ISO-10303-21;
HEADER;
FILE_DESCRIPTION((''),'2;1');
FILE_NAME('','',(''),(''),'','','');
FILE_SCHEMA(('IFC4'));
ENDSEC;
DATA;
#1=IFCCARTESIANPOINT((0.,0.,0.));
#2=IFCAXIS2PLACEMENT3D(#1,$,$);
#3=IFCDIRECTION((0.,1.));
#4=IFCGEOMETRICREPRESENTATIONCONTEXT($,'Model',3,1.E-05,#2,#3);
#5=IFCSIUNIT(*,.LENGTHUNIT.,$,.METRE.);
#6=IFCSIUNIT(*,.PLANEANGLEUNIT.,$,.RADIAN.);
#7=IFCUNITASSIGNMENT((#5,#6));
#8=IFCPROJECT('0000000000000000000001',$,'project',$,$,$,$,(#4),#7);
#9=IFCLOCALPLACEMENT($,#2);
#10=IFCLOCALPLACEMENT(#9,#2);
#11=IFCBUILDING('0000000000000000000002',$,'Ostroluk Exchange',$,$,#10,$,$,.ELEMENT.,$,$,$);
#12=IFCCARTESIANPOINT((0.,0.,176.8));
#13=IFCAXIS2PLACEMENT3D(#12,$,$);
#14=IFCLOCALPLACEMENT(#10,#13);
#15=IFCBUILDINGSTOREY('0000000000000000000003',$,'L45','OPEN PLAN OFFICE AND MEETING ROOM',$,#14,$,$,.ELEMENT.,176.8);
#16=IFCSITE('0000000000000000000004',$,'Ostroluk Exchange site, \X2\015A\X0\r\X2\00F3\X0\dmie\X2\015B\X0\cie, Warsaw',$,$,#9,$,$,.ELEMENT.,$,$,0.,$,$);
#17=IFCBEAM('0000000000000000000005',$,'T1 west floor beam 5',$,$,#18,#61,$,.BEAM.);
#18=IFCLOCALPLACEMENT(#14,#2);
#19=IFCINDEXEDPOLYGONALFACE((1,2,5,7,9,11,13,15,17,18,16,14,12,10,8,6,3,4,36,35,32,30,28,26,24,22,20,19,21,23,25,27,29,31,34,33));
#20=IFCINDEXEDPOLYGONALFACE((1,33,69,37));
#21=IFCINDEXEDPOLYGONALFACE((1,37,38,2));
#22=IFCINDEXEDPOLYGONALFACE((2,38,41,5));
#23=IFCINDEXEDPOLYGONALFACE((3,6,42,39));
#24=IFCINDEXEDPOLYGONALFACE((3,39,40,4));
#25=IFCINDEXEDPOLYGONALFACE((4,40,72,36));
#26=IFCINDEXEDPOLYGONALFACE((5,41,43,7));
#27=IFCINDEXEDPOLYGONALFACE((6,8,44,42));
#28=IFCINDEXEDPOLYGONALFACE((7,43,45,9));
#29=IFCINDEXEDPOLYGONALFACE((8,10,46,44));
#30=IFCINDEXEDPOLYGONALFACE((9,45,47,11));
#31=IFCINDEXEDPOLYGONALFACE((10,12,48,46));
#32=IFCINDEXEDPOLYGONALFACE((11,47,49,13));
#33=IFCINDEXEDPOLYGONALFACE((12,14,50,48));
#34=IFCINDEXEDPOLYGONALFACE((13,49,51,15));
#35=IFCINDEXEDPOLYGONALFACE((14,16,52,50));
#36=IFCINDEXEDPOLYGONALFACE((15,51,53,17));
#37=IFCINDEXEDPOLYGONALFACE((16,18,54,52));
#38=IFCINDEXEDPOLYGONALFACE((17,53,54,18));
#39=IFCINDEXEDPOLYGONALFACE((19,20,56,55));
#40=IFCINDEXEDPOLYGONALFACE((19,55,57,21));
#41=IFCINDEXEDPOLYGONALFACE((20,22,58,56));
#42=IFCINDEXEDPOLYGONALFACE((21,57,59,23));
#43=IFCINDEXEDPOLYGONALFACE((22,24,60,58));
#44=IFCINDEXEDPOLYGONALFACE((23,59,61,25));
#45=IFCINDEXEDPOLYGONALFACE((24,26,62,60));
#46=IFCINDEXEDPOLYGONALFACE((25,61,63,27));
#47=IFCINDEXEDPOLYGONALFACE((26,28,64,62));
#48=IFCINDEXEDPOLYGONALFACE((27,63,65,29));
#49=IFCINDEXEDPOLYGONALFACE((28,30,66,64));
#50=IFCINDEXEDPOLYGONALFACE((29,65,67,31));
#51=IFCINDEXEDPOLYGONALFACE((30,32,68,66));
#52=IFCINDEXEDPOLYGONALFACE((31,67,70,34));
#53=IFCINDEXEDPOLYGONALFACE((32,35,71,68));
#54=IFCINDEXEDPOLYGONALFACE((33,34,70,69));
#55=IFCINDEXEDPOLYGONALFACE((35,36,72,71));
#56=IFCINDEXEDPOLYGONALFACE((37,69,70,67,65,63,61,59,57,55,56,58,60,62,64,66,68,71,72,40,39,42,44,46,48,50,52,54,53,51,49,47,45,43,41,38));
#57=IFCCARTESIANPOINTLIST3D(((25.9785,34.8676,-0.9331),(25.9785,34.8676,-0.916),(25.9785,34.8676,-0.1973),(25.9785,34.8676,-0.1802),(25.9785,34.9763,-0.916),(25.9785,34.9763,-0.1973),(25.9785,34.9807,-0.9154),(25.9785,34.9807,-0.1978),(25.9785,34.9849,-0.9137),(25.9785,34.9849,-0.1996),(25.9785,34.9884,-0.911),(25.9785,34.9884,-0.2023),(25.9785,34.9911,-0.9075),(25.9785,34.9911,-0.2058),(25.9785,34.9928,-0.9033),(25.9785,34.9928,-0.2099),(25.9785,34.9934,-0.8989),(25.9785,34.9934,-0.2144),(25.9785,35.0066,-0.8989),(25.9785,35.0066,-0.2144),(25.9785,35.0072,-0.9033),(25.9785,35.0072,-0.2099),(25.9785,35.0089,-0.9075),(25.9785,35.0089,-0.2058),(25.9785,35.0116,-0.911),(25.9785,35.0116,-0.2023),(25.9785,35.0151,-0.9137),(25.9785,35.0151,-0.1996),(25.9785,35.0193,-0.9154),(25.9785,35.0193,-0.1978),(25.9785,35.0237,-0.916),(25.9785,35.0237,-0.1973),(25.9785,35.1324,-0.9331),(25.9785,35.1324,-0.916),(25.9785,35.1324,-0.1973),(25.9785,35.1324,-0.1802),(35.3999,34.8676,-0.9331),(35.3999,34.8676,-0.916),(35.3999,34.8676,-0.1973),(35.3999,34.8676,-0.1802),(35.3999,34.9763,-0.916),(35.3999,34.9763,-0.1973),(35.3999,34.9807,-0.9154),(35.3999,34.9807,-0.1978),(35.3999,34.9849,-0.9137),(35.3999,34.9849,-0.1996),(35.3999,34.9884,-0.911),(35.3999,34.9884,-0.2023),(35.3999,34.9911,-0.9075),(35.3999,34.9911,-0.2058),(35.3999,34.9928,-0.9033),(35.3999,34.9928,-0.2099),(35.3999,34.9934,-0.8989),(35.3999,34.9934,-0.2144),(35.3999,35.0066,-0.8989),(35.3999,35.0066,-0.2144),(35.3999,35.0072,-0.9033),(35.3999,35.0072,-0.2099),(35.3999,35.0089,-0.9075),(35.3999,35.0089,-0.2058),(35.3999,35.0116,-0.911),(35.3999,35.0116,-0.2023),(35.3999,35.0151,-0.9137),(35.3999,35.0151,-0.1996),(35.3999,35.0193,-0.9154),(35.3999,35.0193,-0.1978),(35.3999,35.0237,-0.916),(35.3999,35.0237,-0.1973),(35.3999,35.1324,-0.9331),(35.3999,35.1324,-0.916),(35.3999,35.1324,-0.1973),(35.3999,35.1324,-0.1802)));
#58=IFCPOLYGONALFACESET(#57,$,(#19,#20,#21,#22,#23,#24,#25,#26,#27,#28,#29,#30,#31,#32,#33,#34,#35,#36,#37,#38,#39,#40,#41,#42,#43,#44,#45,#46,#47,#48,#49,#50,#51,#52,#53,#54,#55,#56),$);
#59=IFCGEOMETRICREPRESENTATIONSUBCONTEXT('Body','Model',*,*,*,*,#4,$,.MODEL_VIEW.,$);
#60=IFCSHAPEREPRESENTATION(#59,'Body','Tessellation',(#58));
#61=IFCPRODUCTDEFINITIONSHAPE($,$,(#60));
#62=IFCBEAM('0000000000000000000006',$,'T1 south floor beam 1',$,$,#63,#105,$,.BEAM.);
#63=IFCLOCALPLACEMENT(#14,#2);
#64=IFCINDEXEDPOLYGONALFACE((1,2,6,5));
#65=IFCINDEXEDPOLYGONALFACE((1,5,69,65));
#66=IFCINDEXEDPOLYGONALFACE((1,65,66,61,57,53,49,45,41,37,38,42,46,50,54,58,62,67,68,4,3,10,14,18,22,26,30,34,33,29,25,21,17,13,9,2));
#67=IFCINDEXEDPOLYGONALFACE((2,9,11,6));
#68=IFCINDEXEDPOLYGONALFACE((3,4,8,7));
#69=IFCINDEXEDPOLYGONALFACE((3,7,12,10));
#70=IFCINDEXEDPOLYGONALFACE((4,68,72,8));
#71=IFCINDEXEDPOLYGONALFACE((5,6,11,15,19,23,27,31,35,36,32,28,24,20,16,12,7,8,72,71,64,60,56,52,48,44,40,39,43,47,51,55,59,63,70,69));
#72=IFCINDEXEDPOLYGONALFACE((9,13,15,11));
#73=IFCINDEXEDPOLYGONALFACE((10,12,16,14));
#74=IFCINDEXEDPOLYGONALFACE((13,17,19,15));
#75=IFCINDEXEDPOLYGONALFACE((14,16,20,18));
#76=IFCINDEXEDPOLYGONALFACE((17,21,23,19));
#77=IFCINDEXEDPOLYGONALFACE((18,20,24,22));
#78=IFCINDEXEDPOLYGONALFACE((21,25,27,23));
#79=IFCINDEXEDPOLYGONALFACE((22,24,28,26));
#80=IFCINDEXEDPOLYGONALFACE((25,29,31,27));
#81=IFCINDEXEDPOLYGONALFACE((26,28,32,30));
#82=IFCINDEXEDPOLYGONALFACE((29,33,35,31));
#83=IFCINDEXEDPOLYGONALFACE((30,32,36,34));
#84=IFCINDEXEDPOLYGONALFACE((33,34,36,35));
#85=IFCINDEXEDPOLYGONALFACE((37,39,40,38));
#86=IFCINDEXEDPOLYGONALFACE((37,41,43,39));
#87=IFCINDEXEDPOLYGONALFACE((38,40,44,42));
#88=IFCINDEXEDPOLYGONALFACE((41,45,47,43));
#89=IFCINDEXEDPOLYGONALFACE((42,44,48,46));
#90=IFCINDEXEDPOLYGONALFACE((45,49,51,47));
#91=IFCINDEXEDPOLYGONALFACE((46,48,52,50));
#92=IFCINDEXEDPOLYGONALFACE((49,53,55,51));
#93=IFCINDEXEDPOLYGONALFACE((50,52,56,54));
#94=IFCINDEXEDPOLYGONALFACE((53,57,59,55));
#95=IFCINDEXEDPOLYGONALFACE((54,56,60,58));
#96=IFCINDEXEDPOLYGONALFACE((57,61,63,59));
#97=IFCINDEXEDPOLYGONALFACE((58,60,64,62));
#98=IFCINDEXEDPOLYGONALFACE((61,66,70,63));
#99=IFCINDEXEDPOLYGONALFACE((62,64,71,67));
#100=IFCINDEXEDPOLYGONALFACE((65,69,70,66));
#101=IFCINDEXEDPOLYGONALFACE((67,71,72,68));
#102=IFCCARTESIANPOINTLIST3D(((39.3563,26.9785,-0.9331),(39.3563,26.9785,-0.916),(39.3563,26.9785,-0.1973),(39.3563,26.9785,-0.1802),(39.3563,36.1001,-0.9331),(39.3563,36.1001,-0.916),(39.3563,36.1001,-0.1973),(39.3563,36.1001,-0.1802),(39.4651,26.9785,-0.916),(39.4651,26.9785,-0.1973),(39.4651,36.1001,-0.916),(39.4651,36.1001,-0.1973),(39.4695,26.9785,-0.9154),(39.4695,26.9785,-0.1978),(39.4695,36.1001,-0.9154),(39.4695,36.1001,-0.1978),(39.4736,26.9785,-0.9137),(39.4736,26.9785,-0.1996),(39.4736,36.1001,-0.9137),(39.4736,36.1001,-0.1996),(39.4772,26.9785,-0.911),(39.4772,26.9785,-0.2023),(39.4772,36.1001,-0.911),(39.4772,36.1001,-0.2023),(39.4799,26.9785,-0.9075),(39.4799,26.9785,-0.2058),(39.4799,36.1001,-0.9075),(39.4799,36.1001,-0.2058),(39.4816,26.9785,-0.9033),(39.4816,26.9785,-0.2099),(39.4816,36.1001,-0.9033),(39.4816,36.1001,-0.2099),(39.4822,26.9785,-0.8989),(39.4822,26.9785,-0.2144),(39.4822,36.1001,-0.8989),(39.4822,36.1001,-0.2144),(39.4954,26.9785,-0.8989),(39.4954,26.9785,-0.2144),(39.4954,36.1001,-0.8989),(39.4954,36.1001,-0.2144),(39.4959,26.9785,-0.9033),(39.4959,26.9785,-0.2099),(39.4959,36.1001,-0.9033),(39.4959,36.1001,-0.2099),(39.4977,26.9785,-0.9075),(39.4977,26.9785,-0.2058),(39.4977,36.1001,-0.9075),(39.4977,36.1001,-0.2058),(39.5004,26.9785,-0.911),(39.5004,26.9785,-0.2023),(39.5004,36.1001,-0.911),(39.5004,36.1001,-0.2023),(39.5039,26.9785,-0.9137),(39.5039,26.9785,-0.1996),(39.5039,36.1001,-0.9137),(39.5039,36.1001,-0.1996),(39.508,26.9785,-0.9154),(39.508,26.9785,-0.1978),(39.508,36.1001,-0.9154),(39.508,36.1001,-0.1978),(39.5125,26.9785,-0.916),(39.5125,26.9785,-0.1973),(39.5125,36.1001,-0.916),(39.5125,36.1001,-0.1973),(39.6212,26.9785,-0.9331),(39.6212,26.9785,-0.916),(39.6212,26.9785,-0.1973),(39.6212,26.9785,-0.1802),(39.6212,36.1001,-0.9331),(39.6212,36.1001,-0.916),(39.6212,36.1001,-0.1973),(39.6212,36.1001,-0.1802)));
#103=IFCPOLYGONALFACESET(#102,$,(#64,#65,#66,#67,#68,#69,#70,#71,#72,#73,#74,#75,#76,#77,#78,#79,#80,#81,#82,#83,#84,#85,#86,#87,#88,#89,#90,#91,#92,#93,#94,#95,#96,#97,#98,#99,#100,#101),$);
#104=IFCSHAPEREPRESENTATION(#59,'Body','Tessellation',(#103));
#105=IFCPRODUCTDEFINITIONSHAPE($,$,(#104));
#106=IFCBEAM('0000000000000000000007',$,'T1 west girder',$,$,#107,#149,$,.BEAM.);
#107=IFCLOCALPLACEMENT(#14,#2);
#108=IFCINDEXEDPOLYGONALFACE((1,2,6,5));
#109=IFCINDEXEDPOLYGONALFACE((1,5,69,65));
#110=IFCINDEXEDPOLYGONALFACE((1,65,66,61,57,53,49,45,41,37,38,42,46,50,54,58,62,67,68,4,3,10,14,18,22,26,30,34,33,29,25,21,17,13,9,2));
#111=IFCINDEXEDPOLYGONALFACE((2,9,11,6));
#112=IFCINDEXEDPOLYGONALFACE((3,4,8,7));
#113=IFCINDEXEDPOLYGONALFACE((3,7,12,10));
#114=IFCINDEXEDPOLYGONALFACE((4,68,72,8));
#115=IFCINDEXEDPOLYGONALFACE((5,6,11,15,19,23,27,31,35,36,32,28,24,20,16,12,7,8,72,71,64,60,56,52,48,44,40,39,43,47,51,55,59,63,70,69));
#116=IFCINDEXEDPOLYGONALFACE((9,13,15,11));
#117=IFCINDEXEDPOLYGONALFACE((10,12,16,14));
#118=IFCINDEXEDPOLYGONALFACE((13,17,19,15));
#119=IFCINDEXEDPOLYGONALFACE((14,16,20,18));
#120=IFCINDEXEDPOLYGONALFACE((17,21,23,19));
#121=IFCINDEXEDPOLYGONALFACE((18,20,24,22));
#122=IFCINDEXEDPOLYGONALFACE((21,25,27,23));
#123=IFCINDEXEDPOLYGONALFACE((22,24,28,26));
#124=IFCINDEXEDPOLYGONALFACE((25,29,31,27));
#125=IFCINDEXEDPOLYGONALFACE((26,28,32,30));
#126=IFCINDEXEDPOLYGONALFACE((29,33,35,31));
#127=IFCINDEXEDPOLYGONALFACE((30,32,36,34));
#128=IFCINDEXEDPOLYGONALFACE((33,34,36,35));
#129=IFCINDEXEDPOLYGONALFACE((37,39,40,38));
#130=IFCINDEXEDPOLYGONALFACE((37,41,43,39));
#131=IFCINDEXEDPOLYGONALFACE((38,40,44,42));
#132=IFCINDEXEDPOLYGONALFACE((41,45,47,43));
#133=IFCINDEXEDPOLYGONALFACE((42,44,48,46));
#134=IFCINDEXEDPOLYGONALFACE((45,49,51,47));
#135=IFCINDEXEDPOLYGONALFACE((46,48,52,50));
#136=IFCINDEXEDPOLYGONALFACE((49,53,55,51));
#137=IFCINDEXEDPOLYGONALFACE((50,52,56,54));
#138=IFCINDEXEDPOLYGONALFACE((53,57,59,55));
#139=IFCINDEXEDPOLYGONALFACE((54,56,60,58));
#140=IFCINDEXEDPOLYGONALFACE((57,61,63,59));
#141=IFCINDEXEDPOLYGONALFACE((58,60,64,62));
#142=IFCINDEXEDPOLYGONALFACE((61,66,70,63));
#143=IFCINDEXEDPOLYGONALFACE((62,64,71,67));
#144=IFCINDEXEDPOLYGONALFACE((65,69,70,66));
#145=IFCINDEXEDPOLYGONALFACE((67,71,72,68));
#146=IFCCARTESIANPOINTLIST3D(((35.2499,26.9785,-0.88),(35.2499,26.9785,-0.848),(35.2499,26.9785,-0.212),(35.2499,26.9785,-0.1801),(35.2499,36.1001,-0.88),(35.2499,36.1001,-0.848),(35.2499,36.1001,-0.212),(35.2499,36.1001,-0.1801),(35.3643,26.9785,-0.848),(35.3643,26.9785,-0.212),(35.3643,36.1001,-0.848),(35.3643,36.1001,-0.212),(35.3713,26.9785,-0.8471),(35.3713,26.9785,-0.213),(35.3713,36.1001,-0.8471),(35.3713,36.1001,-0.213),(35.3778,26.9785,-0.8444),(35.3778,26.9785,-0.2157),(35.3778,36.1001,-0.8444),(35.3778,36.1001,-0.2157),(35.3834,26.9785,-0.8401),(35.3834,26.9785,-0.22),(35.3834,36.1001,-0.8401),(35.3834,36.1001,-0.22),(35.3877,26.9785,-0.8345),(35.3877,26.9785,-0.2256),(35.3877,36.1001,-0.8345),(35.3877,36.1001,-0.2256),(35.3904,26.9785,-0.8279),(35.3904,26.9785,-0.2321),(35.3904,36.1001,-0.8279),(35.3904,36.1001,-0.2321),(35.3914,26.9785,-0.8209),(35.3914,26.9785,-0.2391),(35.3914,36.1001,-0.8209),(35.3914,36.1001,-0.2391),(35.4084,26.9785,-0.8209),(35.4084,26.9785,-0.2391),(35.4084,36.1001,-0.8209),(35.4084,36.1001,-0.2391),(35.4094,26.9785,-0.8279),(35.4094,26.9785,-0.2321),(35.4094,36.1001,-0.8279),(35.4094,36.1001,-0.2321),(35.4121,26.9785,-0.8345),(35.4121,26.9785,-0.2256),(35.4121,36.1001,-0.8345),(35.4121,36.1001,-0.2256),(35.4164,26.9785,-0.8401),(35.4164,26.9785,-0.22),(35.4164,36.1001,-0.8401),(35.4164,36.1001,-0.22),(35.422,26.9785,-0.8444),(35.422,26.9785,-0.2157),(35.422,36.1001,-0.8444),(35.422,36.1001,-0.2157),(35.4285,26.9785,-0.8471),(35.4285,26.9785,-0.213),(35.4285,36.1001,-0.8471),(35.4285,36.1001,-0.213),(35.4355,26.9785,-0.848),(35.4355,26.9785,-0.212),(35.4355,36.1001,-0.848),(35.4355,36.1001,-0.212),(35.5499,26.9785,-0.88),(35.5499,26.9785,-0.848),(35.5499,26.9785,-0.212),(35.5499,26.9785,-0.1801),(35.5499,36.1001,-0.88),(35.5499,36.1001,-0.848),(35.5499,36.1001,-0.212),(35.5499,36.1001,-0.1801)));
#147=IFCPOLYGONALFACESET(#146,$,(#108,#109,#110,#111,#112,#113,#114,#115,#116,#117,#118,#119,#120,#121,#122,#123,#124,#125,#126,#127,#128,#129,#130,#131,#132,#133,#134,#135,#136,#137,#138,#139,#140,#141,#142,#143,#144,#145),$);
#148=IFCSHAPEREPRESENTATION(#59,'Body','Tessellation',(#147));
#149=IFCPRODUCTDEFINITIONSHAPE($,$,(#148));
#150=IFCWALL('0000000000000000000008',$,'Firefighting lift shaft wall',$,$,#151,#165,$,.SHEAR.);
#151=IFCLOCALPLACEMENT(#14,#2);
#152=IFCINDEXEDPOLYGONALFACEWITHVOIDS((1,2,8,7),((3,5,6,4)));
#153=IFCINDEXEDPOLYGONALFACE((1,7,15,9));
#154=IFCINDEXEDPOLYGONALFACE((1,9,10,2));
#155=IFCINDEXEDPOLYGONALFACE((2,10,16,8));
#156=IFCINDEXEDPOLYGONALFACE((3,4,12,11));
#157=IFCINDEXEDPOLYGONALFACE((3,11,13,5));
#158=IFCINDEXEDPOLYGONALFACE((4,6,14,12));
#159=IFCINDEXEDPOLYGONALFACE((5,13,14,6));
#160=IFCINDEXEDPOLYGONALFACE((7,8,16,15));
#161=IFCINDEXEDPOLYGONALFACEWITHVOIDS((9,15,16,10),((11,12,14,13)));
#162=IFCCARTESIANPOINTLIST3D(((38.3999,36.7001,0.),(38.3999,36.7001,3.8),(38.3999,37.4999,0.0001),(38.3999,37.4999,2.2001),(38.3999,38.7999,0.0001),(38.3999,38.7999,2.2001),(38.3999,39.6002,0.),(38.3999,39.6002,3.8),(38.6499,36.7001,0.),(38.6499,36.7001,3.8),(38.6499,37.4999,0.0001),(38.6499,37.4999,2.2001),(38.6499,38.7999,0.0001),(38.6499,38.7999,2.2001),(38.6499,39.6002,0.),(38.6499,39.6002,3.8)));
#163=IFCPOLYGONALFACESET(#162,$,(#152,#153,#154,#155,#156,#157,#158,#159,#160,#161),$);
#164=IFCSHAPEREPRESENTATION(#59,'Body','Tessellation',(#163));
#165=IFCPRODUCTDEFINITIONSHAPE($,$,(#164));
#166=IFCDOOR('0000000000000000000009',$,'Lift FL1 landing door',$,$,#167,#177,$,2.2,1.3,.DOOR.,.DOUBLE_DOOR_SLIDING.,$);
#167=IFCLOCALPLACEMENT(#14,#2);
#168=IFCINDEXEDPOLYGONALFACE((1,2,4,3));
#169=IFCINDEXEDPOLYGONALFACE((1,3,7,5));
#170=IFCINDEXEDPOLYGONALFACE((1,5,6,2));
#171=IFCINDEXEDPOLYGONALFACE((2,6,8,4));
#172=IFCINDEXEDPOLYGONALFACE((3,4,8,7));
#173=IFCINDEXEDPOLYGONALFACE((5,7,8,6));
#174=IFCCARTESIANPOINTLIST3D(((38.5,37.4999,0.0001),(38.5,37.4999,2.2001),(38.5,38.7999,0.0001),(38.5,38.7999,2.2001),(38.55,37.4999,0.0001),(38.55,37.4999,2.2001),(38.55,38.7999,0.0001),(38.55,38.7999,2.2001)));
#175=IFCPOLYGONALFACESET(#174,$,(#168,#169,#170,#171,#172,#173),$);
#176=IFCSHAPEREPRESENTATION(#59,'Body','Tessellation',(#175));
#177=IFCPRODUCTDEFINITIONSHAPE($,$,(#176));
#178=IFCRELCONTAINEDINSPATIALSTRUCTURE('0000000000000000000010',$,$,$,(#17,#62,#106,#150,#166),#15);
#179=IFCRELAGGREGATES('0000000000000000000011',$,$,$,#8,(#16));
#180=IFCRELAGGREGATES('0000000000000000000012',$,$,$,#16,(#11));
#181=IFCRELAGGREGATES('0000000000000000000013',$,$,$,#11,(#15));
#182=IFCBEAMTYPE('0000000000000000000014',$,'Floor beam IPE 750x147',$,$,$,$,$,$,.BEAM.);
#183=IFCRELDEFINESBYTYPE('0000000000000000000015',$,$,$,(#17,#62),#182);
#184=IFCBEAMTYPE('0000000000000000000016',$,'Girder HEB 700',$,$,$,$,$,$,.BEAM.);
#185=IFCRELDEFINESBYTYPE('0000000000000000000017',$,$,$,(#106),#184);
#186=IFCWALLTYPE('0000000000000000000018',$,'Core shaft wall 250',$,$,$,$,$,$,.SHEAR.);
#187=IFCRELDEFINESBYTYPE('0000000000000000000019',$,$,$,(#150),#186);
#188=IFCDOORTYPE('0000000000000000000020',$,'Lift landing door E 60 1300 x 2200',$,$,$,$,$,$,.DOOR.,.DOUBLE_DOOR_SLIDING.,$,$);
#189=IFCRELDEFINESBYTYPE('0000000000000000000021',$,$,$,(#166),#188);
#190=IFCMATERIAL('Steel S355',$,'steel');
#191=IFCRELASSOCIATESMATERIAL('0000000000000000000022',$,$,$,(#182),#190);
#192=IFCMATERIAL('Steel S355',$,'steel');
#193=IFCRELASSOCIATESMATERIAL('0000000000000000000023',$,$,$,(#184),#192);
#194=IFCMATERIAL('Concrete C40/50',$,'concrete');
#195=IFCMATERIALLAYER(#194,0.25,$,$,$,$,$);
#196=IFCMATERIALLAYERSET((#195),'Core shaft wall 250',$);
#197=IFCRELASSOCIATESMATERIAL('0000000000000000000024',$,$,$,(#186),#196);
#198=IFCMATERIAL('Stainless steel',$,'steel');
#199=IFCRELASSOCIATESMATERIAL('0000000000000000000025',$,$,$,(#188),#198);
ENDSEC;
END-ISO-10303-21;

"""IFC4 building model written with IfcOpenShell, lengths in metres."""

from ifc_helpers import new_model, si_unit, direction, frame, frame_2d, origin, origin_2d, place, context, subcontext, project, spatial, rectangle, i_section, extrude, material, layer, layer_set, material_profile, profile_set, type_object, element, fill, save


model = new_model("IFC4")

# Units and contexts
model_context = context("Model", 3, precision=1e-05, world=origin(), true_north=direction((0.0, 1.0)))
body_context = subcontext(model_context, "Body", "Model", "MODEL_VIEW")
ifc_project = project(units=[si_unit("LENGTHUNIT", "METRE"), si_unit("PLANEANGLEUNIT", "RADIAN")], contexts=[model_context])

# Site, building, storey
site_placement = place(None, origin())
site = spatial("IfcSite", under=ifc_project, at=site_placement, Name="Ostroluk Exchange site, Śródmieście, Warsaw", CompositionType="ELEMENT", RefElevation=0.0)
building_placement = place(site_placement, origin())
building = spatial("IfcBuilding", under=site, at=building_placement, Name="Ostroluk Exchange", CompositionType="ELEMENT")
storey_placement = place(building_placement, frame((0.0, 0.0, 176.8)))
storey = spatial("IfcBuildingStorey", under=building, at=storey_placement, Name="L45", Description="OPEN PLAN OFFICE AND MEETING ROOM", CompositionType="ELEMENT", Elevation=176.8)

# Beams
ifc_material_1 = material(Name="Steel S355", Category="steel")
ifc_material_profile_1 = material_profile(ifc_material_1, i_section(OverallWidth=0.2649, OverallDepth=0.7529, WebThickness=0.0132, FlangeThickness=0.0171, FilletRadius=0.0171, at=origin_2d()), Name="IPE 750x147")
ifc_profile_set_1 = profile_set([ifc_material_profile_1], Name="Steel S355")
beam_type_1 = type_object("IfcBeamType", Name="Floor beam IPE 750x147", PredefinedType="BEAM", material=ifc_profile_set_1)
beam_1_placement = place(storey_placement, frame((35.3999, 35.0, -0.5566), z_axis=(-1.0, 0.0, 0.0), x_axis=(0.0, -1.0, 0.0)))
element("IfcBeam", 1, at=beam_1_placement, inside=storey, type_object=beam_type_1, Name="T1 west floor beam 5", PredefinedType="BEAM", context=body_context, shape_type="SweptSolid", body=[
    extrude(i_section(OverallWidth=0.2649, OverallDepth=0.7529, WebThickness=0.0132, FlangeThickness=0.0171, FilletRadius=0.0171, at=origin_2d()), origin(), (0.0, 0.0, 1.0), 9.4214),
])
beam_2_placement = place(storey_placement, frame((39.4888, 36.1001, -0.5566), z_axis=(0.0, -1.0, 0.0), x_axis=(1.0, 0.0, 0.0)))
element("IfcBeam", 2, at=beam_2_placement, inside=storey, type_object=beam_type_1, Name="T1 south floor beam 1", PredefinedType="BEAM", context=body_context, shape_type="SweptSolid", body=[
    extrude(i_section(OverallWidth=0.2649, OverallDepth=0.7529, WebThickness=0.0132, FlangeThickness=0.0171, FilletRadius=0.0171, at=origin_2d()), origin(), (0.0, 0.0, 1.0), 9.1216),
])
ifc_material_2 = material(Name="Steel S355", Category="steel")
ifc_material_profile_2 = material_profile(ifc_material_2, i_section(OverallWidth=0.3, OverallDepth=0.7, WebThickness=0.0171, FlangeThickness=0.032, FilletRadius=0.0271, at=origin_2d()), Name="HEB 700")
ifc_profile_set_2 = profile_set([ifc_material_profile_2], Name="Steel S355")
beam_type_2 = type_object("IfcBeamType", Name="Girder HEB 700", PredefinedType="BEAM", material=ifc_profile_set_2)
beam_3_placement = place(storey_placement, frame((35.3999, 36.1001, -0.53), z_axis=(0.0, -1.0, 0.0), x_axis=(1.0, 0.0, 0.0)))
element("IfcBeam", 3, at=beam_3_placement, inside=storey, type_object=beam_type_2, Name="T1 west girder", PredefinedType="BEAM", context=body_context, shape_type="SweptSolid", body=[
    extrude(i_section(OverallWidth=0.3, OverallDepth=0.7, WebThickness=0.0171, FlangeThickness=0.032, FilletRadius=0.0271, at=origin_2d()), origin(), (0.0, 0.0, 1.0), 9.1216),
])

# Wall, opening, door
ifc_material_3 = material(Name="Concrete C40/50", Category="concrete")
ifc_layer_1 = layer(ifc_material_3, 0.25)
ifc_layer_set_1 = layer_set([ifc_layer_1], Name="Core shaft wall 250")
wall_type_1 = type_object("IfcWallType", Name="Core shaft wall 250", PredefinedType="SHEAR", material=ifc_layer_set_1)
wall_1_placement = place(storey_placement, frame((38.5249, 36.7, 0.0), z_axis=(0.0, 0.0, 1.0), x_axis=(0.0, 1.0, 0.0)))
wall_1 = element("IfcWall", 4, at=wall_1_placement, inside=storey, type_object=wall_type_1, Name="Firefighting lift shaft wall", PredefinedType="SHEAR", context=body_context, shape_type="SweptSolid", body=[
    extrude(rectangle(XDim=2.9001, YDim=0.25, at=frame_2d((1.4502, 0.0))), origin(), (0.0, 0.0, 1.0), 3.8),
])
opening_1_placement = place(wall_1_placement, frame((0.8, 0.0, 0.0)))
opening_1 = element("IfcOpeningElement", 5, at=opening_1_placement, cuts=wall_1, PredefinedType="OPENING", context=body_context, shape_type="SweptSolid", body=[
    extrude(rectangle(XDim=1.3, YDim=2.2, at=frame_2d((0.6499, 1.1001))), frame((0.0, 0.135, 0.0), z_axis=(0.0, -1.0, 0.0), x_axis=(1.0, 0.0, 0.0)), (0.0, 0.0, 1.0), 0.27),
])
ifc_material_4 = material(Name="Stainless steel", Category="steel")
door_type_1 = type_object("IfcDoorType", Name="Lift landing door E 60 1300 x 2200", OperationType="DOUBLE_DOOR_SLIDING", PredefinedType="DOOR", material=ifc_material_4)
door_1_placement = place(opening_1_placement, origin())
door_1 = element("IfcDoor", 6, at=door_1_placement, inside=storey, type_object=door_type_1, Name="Lift FL1 landing door", OperationType="DOUBLE_DOOR_SLIDING", OverallHeight=2.2, OverallWidth=1.3, PredefinedType="DOOR", context=body_context, shape_type="SweptSolid", body=[
    extrude(rectangle(XDim=1.3, YDim=2.2, at=frame_2d((0.6499, 1.1001))), frame((0.0, 0.0249, 0.0), z_axis=(0.0, -1.0, 0.0), x_axis=(1.0, 0.0, 0.0)), (0.0, 0.0, 1.0), 0.05),
])
fill(opening_1, door_1)

save(model, "model.ifc")
